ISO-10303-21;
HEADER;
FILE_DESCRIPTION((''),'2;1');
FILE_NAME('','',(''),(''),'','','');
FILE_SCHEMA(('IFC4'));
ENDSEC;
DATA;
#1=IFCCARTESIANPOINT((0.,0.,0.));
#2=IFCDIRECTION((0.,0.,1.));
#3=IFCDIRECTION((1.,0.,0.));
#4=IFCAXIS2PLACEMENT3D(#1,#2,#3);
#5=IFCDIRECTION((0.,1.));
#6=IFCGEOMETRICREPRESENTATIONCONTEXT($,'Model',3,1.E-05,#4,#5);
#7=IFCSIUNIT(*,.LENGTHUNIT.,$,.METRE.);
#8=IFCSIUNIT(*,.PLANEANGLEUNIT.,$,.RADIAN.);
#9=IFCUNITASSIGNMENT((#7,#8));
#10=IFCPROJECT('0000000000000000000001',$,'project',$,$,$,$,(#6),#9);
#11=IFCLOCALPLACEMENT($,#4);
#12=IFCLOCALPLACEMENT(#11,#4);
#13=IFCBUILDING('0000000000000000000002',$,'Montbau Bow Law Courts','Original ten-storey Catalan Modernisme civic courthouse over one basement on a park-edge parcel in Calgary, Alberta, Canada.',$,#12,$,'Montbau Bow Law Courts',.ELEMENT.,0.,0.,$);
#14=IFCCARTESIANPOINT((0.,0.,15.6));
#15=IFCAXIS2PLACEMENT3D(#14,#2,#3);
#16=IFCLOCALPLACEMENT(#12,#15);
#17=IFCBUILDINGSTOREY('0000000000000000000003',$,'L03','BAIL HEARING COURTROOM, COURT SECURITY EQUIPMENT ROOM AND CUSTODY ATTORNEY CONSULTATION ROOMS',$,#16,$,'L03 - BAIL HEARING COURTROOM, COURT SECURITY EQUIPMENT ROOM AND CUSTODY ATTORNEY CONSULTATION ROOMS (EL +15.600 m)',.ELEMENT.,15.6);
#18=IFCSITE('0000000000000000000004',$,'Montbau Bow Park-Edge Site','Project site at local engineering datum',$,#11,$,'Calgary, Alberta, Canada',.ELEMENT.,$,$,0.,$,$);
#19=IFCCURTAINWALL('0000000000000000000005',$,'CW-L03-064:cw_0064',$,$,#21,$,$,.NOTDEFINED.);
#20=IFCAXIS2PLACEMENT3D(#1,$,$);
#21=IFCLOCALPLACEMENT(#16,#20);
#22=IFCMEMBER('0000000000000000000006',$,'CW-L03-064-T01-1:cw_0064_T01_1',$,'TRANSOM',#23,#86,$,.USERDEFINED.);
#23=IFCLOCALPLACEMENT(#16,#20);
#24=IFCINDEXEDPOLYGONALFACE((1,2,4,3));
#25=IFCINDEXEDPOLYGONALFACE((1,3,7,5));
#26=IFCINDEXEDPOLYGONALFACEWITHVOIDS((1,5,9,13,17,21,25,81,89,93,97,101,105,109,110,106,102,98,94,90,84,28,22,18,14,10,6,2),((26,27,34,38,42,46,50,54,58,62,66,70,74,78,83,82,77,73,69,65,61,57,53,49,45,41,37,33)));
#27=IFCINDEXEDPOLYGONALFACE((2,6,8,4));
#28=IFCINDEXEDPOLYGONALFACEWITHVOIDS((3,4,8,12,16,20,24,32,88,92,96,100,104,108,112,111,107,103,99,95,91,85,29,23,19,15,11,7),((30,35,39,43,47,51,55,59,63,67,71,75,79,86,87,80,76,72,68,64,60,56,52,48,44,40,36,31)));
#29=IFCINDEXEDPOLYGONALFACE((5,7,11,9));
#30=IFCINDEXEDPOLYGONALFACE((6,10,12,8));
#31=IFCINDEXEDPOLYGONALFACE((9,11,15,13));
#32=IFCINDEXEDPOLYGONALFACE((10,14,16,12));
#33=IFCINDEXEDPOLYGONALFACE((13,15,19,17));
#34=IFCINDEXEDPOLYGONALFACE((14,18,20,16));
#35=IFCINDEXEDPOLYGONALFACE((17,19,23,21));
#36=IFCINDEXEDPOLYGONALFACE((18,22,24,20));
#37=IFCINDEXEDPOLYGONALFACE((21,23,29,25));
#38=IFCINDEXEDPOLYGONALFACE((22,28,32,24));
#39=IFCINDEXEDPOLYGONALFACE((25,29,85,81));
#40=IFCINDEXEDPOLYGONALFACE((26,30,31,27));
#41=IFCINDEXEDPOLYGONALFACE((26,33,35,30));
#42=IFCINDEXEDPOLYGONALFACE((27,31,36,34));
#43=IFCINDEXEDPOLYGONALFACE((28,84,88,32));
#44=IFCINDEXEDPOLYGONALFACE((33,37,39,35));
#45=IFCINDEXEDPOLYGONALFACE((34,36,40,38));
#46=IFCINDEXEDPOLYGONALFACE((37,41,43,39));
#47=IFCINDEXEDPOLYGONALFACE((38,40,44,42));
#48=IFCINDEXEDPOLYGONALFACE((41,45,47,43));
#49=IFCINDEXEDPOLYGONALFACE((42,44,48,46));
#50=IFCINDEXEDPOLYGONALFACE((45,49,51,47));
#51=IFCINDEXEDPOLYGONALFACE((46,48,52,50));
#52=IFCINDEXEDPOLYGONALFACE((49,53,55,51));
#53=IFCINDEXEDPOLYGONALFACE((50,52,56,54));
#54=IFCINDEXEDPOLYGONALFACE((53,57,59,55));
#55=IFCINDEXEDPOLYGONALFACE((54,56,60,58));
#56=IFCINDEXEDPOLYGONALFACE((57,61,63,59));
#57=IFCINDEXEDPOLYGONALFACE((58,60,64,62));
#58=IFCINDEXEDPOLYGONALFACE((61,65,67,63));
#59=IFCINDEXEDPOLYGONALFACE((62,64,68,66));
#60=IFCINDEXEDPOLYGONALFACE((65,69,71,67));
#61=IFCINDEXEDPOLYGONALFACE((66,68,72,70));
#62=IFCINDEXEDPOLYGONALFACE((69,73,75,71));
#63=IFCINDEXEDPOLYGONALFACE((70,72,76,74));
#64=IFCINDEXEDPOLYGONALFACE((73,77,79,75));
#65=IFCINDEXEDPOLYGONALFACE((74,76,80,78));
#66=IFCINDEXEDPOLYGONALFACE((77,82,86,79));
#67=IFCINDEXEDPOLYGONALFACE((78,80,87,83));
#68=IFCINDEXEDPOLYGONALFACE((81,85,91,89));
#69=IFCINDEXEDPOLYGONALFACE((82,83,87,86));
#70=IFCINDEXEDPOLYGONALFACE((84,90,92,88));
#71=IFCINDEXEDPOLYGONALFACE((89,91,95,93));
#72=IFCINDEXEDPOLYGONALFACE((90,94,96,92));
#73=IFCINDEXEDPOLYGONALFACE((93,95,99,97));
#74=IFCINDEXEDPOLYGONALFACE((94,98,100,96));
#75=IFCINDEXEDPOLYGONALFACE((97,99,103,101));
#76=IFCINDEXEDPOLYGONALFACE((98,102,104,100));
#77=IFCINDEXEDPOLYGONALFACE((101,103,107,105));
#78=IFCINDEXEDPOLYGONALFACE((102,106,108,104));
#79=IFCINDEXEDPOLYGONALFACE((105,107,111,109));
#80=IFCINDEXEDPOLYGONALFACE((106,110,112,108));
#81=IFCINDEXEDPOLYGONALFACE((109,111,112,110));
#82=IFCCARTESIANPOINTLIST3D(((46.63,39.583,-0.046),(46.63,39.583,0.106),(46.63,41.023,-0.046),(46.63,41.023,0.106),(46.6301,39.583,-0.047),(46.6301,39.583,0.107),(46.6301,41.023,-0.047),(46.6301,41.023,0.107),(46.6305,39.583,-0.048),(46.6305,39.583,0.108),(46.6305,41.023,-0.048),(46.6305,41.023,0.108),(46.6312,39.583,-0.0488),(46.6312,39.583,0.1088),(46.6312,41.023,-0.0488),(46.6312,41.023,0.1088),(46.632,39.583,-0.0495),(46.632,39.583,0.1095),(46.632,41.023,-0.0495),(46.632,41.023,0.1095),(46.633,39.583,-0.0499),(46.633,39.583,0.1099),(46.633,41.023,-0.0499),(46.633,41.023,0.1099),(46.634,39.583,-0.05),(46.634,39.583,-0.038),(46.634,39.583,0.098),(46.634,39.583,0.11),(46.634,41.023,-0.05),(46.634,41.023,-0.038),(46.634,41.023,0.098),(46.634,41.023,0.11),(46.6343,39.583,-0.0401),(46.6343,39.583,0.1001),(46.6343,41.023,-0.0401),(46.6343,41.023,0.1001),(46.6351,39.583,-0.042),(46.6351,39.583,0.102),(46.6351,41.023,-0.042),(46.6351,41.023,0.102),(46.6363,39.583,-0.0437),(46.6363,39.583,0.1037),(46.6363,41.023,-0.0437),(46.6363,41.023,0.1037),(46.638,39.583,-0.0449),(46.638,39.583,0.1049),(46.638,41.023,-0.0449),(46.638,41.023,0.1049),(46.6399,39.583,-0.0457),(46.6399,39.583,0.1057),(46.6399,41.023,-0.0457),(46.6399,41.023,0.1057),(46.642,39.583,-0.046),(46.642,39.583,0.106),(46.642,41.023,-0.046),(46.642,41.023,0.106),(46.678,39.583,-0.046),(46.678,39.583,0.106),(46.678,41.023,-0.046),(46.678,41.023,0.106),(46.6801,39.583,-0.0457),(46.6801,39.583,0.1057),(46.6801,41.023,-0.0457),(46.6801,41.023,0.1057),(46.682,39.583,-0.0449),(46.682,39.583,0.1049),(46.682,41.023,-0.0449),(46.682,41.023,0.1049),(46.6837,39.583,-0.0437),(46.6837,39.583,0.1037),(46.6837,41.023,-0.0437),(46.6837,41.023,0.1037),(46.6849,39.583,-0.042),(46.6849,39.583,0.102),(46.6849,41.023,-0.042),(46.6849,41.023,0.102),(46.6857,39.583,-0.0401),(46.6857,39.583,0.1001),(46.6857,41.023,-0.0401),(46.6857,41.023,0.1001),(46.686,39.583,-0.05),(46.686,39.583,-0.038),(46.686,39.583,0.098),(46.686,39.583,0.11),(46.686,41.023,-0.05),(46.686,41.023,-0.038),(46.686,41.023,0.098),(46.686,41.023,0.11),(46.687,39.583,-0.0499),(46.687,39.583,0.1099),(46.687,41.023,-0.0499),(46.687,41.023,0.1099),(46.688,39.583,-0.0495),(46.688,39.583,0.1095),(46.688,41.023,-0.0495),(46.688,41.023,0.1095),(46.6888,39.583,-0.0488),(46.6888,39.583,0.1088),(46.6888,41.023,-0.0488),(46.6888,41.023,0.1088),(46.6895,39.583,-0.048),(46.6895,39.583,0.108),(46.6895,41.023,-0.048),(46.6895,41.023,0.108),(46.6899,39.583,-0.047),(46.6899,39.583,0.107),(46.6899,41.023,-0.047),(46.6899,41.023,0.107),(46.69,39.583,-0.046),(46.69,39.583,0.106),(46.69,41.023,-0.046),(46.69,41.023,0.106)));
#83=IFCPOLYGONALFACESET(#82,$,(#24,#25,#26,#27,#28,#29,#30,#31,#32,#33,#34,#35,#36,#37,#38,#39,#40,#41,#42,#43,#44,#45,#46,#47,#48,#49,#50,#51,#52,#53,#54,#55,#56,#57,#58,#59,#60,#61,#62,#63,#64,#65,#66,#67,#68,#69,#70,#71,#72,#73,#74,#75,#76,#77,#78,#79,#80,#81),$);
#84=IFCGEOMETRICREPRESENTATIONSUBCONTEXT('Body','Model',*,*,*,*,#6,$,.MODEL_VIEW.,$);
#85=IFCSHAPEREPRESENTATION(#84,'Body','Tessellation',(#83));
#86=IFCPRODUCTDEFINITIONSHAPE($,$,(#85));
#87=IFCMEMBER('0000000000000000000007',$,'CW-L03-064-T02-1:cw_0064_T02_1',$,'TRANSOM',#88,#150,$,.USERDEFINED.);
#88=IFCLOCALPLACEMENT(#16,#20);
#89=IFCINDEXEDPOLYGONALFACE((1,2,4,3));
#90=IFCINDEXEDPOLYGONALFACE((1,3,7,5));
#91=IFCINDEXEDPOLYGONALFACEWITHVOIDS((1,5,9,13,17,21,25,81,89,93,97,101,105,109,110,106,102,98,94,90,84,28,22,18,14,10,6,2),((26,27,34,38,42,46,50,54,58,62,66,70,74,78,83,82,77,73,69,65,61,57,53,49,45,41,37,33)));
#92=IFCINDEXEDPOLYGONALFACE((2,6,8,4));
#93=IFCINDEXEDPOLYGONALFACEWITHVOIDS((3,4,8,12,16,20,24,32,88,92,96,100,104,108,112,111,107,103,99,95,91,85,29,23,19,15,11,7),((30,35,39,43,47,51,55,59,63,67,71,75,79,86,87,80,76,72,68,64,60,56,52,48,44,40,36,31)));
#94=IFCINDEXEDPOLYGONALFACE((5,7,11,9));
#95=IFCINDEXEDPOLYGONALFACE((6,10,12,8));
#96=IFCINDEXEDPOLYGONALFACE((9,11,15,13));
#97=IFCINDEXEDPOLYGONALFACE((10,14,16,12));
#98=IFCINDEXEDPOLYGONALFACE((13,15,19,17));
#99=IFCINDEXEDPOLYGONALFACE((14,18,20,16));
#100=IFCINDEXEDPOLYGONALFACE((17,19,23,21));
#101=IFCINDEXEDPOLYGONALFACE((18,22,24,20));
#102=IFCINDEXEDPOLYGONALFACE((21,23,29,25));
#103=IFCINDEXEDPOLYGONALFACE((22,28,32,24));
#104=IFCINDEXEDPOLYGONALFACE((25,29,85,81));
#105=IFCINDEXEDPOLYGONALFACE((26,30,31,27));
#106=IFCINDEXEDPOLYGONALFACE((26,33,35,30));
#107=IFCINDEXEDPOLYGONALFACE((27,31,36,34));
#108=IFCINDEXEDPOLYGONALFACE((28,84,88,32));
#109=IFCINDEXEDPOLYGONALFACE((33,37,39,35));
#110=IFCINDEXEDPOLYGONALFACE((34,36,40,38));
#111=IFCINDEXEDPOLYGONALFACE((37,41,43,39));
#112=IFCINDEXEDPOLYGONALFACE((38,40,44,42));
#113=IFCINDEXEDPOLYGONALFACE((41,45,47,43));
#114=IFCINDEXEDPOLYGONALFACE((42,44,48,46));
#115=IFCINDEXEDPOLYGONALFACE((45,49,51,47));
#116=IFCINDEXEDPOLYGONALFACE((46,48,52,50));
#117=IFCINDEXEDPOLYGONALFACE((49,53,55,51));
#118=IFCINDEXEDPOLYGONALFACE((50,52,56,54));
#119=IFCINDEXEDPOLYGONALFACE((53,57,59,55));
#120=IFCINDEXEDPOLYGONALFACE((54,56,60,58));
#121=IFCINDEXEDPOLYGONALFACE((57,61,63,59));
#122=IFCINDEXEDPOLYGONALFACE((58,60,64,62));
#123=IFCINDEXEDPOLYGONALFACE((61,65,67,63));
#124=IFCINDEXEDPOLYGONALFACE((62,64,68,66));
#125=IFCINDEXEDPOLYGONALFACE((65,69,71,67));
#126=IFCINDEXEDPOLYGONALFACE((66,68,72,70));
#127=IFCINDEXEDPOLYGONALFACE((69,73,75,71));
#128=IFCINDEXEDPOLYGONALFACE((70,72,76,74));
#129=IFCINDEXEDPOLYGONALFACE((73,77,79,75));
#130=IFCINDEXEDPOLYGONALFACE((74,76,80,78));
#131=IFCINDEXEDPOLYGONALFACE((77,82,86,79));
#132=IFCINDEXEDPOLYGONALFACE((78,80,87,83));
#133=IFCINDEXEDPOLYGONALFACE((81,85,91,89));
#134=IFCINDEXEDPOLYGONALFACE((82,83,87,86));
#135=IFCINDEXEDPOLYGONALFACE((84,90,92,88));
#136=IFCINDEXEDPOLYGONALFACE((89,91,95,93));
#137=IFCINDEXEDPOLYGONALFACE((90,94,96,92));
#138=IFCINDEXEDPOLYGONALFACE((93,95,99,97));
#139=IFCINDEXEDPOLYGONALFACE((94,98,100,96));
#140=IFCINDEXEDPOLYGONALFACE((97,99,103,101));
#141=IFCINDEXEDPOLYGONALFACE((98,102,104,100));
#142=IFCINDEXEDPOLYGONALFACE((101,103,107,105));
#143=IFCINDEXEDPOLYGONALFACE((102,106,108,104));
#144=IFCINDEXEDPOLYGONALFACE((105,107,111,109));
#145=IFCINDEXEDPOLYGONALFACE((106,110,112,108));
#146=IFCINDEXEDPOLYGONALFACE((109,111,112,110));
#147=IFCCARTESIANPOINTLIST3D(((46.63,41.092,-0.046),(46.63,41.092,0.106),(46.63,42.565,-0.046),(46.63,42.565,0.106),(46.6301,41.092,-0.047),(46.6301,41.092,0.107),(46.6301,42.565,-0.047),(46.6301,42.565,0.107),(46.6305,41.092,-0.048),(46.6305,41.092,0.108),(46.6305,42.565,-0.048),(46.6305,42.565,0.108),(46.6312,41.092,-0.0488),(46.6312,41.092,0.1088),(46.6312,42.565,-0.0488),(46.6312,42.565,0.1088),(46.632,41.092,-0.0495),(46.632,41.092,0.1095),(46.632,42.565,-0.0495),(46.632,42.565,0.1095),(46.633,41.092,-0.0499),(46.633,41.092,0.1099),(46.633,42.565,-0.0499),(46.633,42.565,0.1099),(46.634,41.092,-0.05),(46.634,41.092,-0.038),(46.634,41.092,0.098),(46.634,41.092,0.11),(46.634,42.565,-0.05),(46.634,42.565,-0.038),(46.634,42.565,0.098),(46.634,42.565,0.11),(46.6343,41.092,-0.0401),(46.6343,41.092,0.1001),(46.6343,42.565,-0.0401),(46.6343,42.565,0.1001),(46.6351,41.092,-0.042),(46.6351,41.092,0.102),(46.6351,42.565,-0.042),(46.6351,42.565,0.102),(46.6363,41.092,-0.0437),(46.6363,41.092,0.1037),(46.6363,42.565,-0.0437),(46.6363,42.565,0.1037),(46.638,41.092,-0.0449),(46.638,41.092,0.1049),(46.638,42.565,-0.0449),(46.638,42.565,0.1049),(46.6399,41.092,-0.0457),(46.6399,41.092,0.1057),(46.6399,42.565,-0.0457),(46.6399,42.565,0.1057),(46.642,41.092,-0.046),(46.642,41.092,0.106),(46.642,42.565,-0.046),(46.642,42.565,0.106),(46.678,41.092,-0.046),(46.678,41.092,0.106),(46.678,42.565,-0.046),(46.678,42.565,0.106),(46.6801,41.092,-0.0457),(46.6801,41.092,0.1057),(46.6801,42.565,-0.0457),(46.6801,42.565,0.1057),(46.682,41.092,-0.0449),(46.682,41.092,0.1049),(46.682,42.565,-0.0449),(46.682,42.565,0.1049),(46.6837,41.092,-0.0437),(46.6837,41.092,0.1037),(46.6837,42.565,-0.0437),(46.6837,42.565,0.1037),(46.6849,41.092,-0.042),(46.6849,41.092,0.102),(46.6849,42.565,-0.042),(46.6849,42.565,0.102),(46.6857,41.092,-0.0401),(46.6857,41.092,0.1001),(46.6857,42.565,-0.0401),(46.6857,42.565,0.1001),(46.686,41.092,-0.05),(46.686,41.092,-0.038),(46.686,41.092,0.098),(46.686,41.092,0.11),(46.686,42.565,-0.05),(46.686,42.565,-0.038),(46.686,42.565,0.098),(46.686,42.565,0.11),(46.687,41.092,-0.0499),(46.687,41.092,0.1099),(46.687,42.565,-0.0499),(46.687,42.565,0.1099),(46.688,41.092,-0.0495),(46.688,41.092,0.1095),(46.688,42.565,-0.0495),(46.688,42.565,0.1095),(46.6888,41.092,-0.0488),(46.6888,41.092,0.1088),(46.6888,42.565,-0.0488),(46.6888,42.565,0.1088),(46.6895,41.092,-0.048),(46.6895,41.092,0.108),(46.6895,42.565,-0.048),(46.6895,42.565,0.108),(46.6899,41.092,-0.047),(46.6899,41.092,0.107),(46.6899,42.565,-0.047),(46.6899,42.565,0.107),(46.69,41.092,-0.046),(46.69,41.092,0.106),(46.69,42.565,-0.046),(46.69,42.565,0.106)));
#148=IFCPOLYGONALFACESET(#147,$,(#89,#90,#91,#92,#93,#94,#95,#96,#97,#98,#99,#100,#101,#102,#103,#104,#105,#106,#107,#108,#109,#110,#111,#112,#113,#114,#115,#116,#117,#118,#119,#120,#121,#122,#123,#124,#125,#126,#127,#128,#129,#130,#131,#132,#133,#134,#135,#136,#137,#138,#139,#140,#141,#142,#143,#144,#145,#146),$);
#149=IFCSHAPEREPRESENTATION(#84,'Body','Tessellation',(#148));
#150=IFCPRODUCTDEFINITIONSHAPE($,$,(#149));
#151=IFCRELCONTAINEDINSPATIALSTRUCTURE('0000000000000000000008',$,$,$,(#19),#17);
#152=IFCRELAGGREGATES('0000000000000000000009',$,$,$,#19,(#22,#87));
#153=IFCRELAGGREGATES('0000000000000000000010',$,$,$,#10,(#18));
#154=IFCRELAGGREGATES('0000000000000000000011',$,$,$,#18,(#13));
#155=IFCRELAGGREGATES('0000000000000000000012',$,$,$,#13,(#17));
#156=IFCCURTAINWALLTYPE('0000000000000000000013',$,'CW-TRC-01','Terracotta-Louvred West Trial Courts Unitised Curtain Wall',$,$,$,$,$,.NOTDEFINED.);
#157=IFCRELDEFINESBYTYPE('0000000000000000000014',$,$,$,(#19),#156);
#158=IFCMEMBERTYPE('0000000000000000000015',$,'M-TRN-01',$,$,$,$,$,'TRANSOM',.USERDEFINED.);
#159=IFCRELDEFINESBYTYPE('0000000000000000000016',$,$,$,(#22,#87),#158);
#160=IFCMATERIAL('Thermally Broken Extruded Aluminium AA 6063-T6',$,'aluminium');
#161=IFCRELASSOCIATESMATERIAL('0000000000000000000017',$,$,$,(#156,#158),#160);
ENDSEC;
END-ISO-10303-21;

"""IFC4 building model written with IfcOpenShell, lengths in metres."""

from ifc_helpers import new_model, si_unit, direction, frame, origin_with_axes, origin_2d_with_axis, place, context, subcontext, project, spatial, hollow_rectangle, extrude, material, material_profile, profile_set, type_object, element, aggregate, save


model = new_model("IFC4")

# Units and contexts
model_context = context("Model", 3, precision=1e-05, world=origin_with_axes(), true_north=direction((0.0, 1.0)))
body_context = subcontext(model_context, "Body", "Model", "MODEL_VIEW")
ifc_project = project(units=[si_unit("LENGTHUNIT", "METRE"), si_unit("PLANEANGLEUNIT", "RADIAN")], contexts=[model_context])

# Site, building, storey
site_placement = place(None, origin_with_axes())
site = spatial("IfcSite", under=ifc_project, at=site_placement, Name="Montbau Bow Park-Edge Site", Description="Project site at local engineering datum", LongName="Calgary, Alberta, Canada", CompositionType="ELEMENT", RefElevation=0.0)
building_placement = place(site_placement, origin_with_axes())
building = spatial("IfcBuilding", under=site, at=building_placement, Name="Montbau Bow Law Courts", Description="Original ten-storey Catalan Modernisme civic courthouse over one basement on a park-edge parcel in Calgary, Alberta, Canada.", LongName="Montbau Bow Law Courts", CompositionType="ELEMENT", ElevationOfRefHeight=0.0, ElevationOfTerrain=0.0)
storey_placement = place(building_placement, frame((0.0, 0.0, 15.6), z_axis=(0.0, 0.0, 1.0), x_axis=(1.0, 0.0, 0.0)))
storey = spatial("IfcBuildingStorey", under=building, at=storey_placement, Name="L03", Description="BAIL HEARING COURTROOM, COURT SECURITY EQUIPMENT ROOM AND CUSTODY ATTORNEY CONSULTATION ROOMS", LongName="L03 - BAIL HEARING COURTROOM, COURT SECURITY EQUIPMENT ROOM AND CUSTODY ATTORNEY CONSULTATION ROOMS (EL +15.600 m)", CompositionType="ELEMENT", Elevation=15.6)

# Curtain wall
ifc_material_1 = material(Name="Thermally Broken Extruded Aluminium AA 6063-T6", Category="aluminium")
curtain_wall_type_1 = type_object("IfcCurtainWallType", Name="CW-TRC-01", Description="Terracotta-Louvred West Trial Courts Unitised Curtain Wall", PredefinedType="NOTDEFINED", material=ifc_material_1)
curtain_wall_1_placement = place(None, frame((46.66, 39.515, 15.6), z_axis=(0.0, 0.0, 1.0), x_axis=(1.0, 0.0, 0.0)))
curtain_wall_1 = element("IfcCurtainWall", 1, at=curtain_wall_1_placement, inside=storey, type_object=curtain_wall_type_1, Name="CW-L03-064:cw_0064", PredefinedType="NOTDEFINED")

# Members
ifc_material_profile_1 = material_profile(ifc_material_1, hollow_rectangle(XDim=0.06, YDim=0.16, WallThickness=0.004, InnerFilletRadius=0.008, OuterFilletRadius=0.004, at=origin_2d_with_axis()), Name="CWT-160X60", Category="Main", Priority=0)
ifc_profile_set_1 = profile_set([ifc_material_profile_1], Name="Thermally Broken Extruded Aluminium AA 6063-T6")
member_type_1 = type_object("IfcMemberType", Name="M-TRN-01", ElementType="TRANSOM", PredefinedType="USERDEFINED", material=ifc_profile_set_1)
member_1_placement = place(None, frame((46.66, 39.583, 15.63), z_axis=(0.0, 1.0, 0.0), x_axis=(-1.0, 0.0, 0.0)))
member_1 = element("IfcMember", 2, at=member_1_placement, type_object=member_type_1, Name="CW-L03-064-T01-1:cw_0064_T01_1", ObjectType="TRANSOM", PredefinedType="USERDEFINED", context=body_context, shape_type="SweptSolid", body=[
    extrude(hollow_rectangle(XDim=0.06, YDim=0.16, WallThickness=0.004, InnerFilletRadius=0.008, OuterFilletRadius=0.004, at=origin_2d_with_axis()), origin_with_axes(), (0.0, 0.0, 1.0), 1.44),
])
member_2_placement = place(None, frame((46.66, 41.092, 15.63), z_axis=(0.0, 1.0, 0.0), x_axis=(-1.0, 0.0, 0.0)))
member_2 = element("IfcMember", 3, at=member_2_placement, type_object=member_type_1, Name="CW-L03-064-T02-1:cw_0064_T02_1", ObjectType="TRANSOM", PredefinedType="USERDEFINED", context=body_context, shape_type="SweptSolid", body=[
    extrude(hollow_rectangle(XDim=0.06, YDim=0.16, WallThickness=0.004, InnerFilletRadius=0.008, OuterFilletRadius=0.004, at=origin_2d_with_axis()), origin_with_axes(), (0.0, 0.0, 1.0), 1.473),
])
aggregate(curtain_wall_1, [member_1, member_2])

save(model, "model.ifc")
